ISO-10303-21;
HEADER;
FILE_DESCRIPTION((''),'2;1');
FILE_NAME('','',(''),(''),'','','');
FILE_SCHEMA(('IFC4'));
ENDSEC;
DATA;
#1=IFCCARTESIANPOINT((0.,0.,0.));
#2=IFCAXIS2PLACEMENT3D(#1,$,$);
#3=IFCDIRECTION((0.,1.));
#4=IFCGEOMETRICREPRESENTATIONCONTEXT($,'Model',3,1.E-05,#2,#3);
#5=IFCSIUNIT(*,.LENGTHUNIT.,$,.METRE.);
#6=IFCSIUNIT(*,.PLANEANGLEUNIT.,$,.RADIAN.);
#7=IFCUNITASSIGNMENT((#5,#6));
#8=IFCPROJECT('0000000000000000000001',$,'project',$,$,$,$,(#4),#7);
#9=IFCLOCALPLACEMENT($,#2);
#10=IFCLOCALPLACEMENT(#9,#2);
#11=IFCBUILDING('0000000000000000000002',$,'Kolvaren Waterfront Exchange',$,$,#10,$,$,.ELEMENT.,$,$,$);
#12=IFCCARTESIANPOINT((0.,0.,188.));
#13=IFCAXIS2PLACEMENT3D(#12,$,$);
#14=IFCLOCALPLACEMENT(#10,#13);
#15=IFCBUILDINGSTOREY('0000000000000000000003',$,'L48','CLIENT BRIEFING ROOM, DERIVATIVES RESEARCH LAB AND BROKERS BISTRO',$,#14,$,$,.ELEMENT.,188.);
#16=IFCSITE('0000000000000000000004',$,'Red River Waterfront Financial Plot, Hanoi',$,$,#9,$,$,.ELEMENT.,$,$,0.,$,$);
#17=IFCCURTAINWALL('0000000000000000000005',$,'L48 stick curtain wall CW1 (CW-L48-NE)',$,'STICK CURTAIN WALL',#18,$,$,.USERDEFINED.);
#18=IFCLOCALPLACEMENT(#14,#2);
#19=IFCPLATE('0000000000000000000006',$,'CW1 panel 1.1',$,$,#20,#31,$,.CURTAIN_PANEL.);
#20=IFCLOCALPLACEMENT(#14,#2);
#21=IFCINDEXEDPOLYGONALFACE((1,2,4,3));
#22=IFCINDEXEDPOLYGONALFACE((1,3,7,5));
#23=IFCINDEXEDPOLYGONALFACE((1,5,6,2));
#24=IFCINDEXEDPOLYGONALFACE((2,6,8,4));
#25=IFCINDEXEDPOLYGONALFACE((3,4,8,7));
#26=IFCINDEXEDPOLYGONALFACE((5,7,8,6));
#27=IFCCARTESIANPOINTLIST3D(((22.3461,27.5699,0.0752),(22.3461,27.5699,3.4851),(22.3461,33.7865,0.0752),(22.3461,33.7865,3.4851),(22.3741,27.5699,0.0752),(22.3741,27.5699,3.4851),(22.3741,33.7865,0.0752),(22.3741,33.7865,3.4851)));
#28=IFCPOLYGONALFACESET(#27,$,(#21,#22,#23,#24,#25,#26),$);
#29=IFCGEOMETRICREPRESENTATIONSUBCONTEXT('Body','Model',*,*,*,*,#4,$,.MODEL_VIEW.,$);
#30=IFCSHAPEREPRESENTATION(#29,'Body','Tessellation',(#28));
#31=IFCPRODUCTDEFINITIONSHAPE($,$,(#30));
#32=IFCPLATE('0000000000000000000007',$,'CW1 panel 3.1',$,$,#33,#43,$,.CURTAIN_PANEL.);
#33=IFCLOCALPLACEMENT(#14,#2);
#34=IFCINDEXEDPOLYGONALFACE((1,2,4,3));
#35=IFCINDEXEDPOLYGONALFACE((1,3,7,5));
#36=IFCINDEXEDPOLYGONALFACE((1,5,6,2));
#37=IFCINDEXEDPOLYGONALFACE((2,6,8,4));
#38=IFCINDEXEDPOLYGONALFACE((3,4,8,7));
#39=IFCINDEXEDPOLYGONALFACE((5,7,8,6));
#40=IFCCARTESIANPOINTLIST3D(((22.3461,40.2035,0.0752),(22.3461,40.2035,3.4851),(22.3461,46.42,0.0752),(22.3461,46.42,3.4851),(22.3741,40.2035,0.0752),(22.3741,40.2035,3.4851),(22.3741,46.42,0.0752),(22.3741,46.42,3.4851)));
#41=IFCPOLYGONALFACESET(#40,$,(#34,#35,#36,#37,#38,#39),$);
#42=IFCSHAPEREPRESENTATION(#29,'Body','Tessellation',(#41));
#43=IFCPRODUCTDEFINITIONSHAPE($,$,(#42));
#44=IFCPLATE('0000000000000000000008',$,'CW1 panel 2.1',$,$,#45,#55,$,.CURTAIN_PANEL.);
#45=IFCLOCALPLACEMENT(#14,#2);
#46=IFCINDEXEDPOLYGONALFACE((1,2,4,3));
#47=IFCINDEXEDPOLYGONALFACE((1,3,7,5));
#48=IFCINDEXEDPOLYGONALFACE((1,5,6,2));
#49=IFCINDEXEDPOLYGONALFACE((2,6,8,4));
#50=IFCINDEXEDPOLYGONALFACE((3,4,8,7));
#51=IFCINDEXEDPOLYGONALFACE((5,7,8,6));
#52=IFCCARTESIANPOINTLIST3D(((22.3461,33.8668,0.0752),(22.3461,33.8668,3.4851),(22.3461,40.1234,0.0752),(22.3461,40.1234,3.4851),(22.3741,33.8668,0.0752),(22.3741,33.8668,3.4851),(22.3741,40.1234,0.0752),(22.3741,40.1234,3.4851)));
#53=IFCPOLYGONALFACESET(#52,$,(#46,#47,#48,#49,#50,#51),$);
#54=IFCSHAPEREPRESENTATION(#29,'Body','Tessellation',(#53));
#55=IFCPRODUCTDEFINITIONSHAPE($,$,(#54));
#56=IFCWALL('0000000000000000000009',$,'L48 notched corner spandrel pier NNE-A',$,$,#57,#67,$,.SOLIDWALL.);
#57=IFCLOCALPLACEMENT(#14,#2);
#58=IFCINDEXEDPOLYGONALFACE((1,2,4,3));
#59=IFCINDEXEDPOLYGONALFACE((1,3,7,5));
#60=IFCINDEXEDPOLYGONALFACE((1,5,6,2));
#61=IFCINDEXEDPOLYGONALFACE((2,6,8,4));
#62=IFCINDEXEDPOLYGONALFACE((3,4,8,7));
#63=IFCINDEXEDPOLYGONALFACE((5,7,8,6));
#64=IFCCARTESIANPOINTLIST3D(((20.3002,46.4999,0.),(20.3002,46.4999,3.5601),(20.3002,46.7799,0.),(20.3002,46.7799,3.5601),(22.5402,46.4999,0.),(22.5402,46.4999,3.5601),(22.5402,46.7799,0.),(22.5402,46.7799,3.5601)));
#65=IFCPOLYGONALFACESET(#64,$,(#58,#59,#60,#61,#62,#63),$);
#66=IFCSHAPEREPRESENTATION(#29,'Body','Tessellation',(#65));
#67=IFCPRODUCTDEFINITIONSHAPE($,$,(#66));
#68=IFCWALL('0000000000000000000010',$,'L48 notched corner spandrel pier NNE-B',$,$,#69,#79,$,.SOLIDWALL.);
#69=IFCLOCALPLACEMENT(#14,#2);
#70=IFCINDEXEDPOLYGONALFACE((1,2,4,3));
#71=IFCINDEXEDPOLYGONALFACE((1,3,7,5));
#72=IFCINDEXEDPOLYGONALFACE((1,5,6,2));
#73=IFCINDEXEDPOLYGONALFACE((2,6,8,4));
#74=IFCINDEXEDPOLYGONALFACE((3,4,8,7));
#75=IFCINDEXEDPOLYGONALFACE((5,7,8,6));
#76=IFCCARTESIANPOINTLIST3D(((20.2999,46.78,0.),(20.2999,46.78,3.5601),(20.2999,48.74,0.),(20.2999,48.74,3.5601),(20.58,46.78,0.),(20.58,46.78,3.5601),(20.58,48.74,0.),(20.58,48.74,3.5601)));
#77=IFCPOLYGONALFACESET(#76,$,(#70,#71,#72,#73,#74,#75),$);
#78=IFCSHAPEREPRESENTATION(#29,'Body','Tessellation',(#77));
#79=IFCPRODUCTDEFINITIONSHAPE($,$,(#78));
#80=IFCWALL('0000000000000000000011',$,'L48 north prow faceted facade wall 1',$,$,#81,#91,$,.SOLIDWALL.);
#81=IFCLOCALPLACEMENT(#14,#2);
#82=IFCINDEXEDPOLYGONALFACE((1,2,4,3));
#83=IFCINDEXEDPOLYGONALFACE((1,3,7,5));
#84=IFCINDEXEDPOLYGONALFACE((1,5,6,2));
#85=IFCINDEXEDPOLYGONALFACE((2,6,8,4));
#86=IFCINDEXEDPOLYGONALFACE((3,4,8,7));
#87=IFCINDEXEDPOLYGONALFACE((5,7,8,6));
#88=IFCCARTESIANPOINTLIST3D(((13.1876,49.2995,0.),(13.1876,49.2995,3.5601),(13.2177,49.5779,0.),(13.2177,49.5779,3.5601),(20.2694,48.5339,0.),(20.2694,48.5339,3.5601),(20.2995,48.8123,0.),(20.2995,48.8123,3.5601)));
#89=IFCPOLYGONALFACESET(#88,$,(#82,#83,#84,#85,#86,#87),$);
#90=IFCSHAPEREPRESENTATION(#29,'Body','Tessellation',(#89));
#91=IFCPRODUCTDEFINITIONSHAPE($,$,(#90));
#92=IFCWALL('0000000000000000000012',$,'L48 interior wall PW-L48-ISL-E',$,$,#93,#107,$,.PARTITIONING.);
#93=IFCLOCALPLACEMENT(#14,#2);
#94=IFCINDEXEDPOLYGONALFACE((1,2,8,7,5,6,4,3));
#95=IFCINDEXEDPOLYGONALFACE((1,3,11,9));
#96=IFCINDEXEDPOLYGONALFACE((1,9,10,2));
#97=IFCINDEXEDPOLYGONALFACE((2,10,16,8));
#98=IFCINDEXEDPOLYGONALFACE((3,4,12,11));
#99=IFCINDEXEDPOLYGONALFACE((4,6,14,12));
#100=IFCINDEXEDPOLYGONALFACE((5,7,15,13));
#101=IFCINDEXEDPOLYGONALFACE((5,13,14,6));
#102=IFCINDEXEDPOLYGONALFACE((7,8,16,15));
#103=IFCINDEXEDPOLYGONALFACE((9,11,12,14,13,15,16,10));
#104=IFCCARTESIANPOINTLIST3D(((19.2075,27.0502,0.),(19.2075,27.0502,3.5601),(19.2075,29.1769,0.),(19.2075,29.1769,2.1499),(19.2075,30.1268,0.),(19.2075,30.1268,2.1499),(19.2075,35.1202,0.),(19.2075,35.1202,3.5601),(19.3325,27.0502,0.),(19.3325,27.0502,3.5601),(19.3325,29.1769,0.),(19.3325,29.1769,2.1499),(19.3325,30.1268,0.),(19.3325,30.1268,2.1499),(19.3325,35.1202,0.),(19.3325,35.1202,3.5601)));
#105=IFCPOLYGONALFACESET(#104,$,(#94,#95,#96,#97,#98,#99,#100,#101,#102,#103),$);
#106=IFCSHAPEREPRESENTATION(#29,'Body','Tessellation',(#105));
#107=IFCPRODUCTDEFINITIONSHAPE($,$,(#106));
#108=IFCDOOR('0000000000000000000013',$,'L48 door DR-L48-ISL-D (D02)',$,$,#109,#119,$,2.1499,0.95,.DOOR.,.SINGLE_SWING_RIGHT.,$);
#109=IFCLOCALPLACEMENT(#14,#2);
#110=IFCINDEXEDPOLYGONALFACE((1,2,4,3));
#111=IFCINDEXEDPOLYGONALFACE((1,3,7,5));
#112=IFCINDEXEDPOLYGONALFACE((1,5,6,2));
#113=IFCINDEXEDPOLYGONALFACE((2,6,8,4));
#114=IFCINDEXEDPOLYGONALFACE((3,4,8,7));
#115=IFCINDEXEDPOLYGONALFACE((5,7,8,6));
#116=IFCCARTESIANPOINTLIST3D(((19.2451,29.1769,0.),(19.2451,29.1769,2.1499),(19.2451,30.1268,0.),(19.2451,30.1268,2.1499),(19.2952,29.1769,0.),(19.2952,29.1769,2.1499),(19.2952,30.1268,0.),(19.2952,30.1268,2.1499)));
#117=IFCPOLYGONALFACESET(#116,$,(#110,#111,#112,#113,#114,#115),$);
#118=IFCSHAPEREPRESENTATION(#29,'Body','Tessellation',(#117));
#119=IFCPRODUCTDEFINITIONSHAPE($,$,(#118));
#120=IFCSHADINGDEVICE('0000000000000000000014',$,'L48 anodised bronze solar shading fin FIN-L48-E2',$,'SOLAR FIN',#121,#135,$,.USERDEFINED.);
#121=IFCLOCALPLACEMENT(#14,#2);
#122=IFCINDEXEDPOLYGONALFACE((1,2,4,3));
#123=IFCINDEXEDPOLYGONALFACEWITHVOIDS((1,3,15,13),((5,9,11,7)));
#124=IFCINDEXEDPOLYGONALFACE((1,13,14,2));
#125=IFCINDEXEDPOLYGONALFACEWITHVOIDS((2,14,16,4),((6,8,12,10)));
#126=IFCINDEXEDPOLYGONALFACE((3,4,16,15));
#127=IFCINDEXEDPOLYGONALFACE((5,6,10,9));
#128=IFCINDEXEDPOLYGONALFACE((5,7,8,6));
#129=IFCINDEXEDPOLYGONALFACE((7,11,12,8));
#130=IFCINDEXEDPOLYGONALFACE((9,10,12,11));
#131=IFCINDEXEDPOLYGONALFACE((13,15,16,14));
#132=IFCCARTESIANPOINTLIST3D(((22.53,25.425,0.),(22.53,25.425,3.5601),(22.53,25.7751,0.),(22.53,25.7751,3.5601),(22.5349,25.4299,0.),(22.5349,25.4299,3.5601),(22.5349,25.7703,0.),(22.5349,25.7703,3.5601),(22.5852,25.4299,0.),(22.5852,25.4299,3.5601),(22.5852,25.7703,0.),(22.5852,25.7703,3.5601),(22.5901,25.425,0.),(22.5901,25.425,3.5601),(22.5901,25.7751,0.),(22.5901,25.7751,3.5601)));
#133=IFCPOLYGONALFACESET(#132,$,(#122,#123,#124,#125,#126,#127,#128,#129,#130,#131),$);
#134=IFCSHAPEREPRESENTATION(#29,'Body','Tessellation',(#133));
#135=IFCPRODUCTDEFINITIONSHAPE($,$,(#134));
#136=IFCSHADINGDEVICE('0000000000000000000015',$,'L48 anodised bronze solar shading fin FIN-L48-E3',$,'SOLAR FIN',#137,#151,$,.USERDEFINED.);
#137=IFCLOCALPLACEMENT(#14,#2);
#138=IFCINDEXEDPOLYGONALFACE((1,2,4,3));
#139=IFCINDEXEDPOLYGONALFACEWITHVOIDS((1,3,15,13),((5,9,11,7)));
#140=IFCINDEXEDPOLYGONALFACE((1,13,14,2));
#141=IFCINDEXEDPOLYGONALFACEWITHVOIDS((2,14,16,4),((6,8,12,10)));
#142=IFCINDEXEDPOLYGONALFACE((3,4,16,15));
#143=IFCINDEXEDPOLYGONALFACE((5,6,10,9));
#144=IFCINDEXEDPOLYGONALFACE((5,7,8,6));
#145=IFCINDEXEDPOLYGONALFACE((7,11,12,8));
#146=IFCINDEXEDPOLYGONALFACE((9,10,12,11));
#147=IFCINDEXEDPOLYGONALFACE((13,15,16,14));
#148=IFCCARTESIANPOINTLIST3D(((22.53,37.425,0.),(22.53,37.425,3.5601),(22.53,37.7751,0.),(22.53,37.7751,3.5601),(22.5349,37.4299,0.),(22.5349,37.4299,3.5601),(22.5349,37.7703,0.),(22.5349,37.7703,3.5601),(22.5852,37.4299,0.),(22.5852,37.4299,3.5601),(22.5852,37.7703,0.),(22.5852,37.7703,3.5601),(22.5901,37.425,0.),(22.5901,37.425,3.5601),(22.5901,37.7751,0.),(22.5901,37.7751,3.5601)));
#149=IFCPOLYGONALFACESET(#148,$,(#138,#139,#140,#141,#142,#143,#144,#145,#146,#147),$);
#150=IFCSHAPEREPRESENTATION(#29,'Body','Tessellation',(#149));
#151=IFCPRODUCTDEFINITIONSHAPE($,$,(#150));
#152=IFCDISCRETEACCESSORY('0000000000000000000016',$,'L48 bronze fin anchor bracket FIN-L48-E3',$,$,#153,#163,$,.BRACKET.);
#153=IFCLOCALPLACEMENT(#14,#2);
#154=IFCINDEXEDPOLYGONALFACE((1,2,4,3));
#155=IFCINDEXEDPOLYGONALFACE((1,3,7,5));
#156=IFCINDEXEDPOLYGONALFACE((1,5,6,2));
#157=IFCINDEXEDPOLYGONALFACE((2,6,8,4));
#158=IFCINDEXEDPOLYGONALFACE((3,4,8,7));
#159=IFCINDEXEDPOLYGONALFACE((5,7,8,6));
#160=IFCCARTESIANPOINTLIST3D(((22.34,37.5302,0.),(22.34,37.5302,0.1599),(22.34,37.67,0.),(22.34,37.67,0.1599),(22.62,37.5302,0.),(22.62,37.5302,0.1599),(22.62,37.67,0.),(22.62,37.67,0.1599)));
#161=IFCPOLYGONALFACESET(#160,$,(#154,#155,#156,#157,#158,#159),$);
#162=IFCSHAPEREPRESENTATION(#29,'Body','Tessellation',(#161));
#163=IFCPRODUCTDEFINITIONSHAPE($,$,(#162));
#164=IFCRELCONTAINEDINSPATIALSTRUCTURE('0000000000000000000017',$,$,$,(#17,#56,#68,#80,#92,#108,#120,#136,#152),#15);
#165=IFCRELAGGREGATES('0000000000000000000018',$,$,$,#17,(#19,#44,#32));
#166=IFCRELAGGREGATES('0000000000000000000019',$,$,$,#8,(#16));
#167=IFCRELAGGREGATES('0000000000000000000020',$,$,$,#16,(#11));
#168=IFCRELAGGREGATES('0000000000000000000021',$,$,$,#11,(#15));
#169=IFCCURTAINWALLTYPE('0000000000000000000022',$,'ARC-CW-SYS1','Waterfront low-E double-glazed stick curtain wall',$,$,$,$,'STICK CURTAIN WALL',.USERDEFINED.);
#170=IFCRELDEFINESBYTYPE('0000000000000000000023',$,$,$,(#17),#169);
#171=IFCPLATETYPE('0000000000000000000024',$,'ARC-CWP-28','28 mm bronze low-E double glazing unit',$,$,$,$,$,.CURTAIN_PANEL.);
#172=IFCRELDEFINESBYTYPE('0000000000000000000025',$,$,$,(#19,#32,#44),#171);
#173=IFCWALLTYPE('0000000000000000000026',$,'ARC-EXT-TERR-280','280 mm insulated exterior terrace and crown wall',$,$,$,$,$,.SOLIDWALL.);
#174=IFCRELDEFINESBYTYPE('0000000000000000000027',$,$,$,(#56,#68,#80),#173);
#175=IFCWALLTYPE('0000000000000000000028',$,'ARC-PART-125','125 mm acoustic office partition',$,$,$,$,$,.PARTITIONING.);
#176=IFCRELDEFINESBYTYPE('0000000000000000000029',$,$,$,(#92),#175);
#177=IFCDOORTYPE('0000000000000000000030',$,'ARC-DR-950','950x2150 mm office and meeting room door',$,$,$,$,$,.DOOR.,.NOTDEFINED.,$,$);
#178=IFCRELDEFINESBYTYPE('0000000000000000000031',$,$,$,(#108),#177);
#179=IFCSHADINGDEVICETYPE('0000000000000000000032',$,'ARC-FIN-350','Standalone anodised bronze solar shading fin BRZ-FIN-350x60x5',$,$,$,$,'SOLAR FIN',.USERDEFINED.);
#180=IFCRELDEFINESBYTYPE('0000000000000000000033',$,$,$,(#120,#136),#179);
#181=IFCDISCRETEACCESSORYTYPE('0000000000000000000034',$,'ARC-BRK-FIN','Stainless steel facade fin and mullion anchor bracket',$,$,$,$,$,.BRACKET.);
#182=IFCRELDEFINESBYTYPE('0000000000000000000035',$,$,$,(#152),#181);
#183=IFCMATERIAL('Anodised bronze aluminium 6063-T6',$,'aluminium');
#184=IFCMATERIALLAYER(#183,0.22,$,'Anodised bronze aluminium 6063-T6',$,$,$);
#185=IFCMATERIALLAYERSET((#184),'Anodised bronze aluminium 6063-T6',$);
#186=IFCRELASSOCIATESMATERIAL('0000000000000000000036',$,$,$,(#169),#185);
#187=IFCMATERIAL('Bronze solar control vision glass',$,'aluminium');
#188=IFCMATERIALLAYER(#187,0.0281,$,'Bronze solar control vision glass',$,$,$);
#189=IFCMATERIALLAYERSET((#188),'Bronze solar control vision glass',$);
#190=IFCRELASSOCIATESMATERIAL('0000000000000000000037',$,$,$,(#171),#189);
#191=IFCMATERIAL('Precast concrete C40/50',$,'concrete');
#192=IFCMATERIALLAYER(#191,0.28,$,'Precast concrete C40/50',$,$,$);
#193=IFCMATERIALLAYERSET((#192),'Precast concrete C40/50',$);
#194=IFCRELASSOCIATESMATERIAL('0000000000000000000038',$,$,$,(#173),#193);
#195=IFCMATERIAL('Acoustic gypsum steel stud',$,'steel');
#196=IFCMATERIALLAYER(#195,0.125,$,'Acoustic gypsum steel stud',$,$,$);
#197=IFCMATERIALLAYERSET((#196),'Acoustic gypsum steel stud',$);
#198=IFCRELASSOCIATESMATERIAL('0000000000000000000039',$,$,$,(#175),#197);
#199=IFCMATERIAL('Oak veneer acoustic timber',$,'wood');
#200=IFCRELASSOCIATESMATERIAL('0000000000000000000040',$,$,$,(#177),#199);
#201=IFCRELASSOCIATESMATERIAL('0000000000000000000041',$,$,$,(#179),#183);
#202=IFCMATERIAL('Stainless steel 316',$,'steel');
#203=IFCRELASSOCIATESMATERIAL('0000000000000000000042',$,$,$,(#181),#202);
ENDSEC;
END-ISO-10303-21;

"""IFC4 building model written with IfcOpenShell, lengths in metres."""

from ifc_helpers import new_model, si_unit, direction, frame, frame_2d, origin, origin_with_axes, origin_2d, place, context, subcontext, project, spatial, rectangle, hollow_rectangle, extrude, source, transform, mapped, material, layer, layer_set, material_profile, profile_set, type_object, element, fill, aggregate, save


model = new_model("IFC4")

# Units and contexts
model_context = context("Model", 3, precision=1e-05, world=origin(), true_north=direction((0.0, 1.0)))
body_context = subcontext(model_context, "Body", "Model", "MODEL_VIEW")
ifc_project = project(units=[si_unit("LENGTHUNIT", "METRE"), si_unit("PLANEANGLEUNIT", "RADIAN")], contexts=[model_context])

# Site, building, storey
site_placement = place(None, origin())
site = spatial("IfcSite", under=ifc_project, at=site_placement, Name="Red River Waterfront Financial Plot, Hanoi", CompositionType="ELEMENT", RefElevation=0.0)
building_placement = place(site_placement, origin())
building = spatial("IfcBuilding", under=site, at=building_placement, Name="Kolvaren Waterfront Exchange", CompositionType="ELEMENT")
storey_placement = place(building_placement, frame((0.0, 0.0, 188.0)))
storey = spatial("IfcBuildingStorey", under=building, at=storey_placement, Name="L48", Description="CLIENT BRIEFING ROOM, DERIVATIVES RESEARCH LAB AND BROKERS BISTRO", CompositionType="ELEMENT", Elevation=188.0)

# Curtain wall, plates
ifc_material_1 = material(Name="Anodised bronze aluminium 6063-T6", Category="aluminium")
ifc_layer_1 = layer(ifc_material_1, 0.22, Name="Anodised bronze aluminium 6063-T6")
ifc_layer_set_1 = layer_set([ifc_layer_1], Name="Anodised bronze aluminium 6063-T6")
curtain_wall_type = type_object("IfcCurtainWallType", Name="ARC-CW-SYS1", Description="Waterfront low-E double-glazed stick curtain wall", ElementType="STICK CURTAIN WALL", PredefinedType="USERDEFINED", material=ifc_layer_set_1)
curtain_wall_placement = place(storey_placement, origin())
curtain_wall = element("IfcCurtainWall", 1, at=curtain_wall_placement, inside=storey, type_object=curtain_wall_type, Name="L48 stick curtain wall CW1 (CW-L48-NE)", ObjectType="STICK CURTAIN WALL", PredefinedType="USERDEFINED")
ifc_material_2 = material(Name="Bronze solar control vision glass", Category="aluminium")
ifc_layer_2 = layer(ifc_material_2, 0.0281, Name="Bronze solar control vision glass")
ifc_layer_set_2 = layer_set([ifc_layer_2], Name="Bronze solar control vision glass")
plate_type = type_object("IfcPlateType", Name="ARC-CWP-28", Description="28 mm bronze low-E double glazing unit", PredefinedType="CURTAIN_PANEL", material=ifc_layer_set_2)
shared_shape_1 = source(origin_with_axes(), body_context, "Body", "SweptSolid", [
    extrude(rectangle(XDim=6.2166, YDim=0.0281, at=origin_2d()), origin(), (0.0, 0.0, 1.0), 3.4099),
])
plate_1_placement = place(storey_placement, frame((22.3601, 30.6782, 0.0752), z_axis=(0.0, 0.0, 1.0), x_axis=(0.0, 1.0, 0.0)))
plate_1 = element("IfcPlate", 2, at=plate_1_placement, type_object=plate_type, Name="CW1 panel 1.1", PredefinedType="CURTAIN_PANEL", context=body_context, shape_type="MappedRepresentation", body=[
    mapped(shared_shape_1, transform((0.0, 0.0, 0.0), x_axis=(1.0, 0.0, 0.0), y_axis=(0.0, 1.0, 0.0), z_axis=(0.0, 0.0, 1.0), scale=1.0)),
])
plate_2_placement = place(storey_placement, frame((22.3601, 43.3118, 0.0752), z_axis=(0.0, 0.0, 1.0), x_axis=(0.0, 1.0, 0.0)))
plate_2 = element("IfcPlate", 3, at=plate_2_placement, type_object=plate_type, Name="CW1 panel 3.1", PredefinedType="CURTAIN_PANEL", context=body_context, shape_type="MappedRepresentation", body=[
    mapped(shared_shape_1, transform((0.0, 0.0, 0.0), x_axis=(1.0, 0.0, 0.0), y_axis=(0.0, 1.0, 0.0), z_axis=(0.0, 0.0, 1.0), scale=1.0)),
])
shared_shape_2 = source(origin_with_axes(), body_context, "Body", "SweptSolid", [
    extrude(rectangle(XDim=6.2566, YDim=0.0281, at=origin_2d()), origin(), (0.0, 0.0, 1.0), 3.4099),
])
plate_3_placement = place(storey_placement, frame((22.3601, 36.9951, 0.0752), z_axis=(0.0, 0.0, 1.0), x_axis=(0.0, 1.0, 0.0)))
plate_3 = element("IfcPlate", 4, at=plate_3_placement, type_object=plate_type, Name="CW1 panel 2.1", PredefinedType="CURTAIN_PANEL", context=body_context, shape_type="MappedRepresentation", body=[
    mapped(shared_shape_2, transform((0.0, 0.0, 0.0), x_axis=(1.0, 0.0, 0.0), y_axis=(0.0, 1.0, 0.0), z_axis=(0.0, 0.0, 1.0), scale=1.0)),
])
aggregate(curtain_wall, [plate_1, plate_3, plate_2])

# Walls
ifc_material_3 = material(Name="Precast concrete C40/50", Category="concrete")
ifc_layer_3 = layer(ifc_material_3, 0.28, Name="Precast concrete C40/50")
ifc_layer_set_3 = layer_set([ifc_layer_3], Name="Precast concrete C40/50")
wall_type_1 = type_object("IfcWallType", Name="ARC-EXT-TERR-280", Description="280 mm insulated exterior terrace and crown wall", PredefinedType="SOLIDWALL", material=ifc_layer_set_3)
wall_1_placement = place(storey_placement, frame((20.3, 46.6399, 0.0), z_axis=(0.0, 0.0, 1.0), x_axis=(1.0, 0.0, 0.0)))
element("IfcWall", 5, at=wall_1_placement, inside=storey, type_object=wall_type_1, Name="L48 notched corner spandrel pier NNE-A", PredefinedType="SOLIDWALL", context=body_context, shape_type="SweptSolid", body=[
    extrude(rectangle(XDim=2.24, YDim=0.28, at=frame_2d((1.1201, 0.0))), origin(), (0.0, 0.0, 1.0), 3.5601),
])
wall_2_placement = place(storey_placement, frame((20.4399, 46.78, 0.0), z_axis=(0.0, 0.0, 1.0), x_axis=(0.0, 1.0, 0.0)))
element("IfcWall", 6, at=wall_2_placement, inside=storey, type_object=wall_type_1, Name="L48 notched corner spandrel pier NNE-B", PredefinedType="SOLIDWALL", context=body_context, shape_type="SweptSolid", body=[
    extrude(rectangle(XDim=1.96, YDim=0.28, at=frame_2d((0.98, 0.0))), origin(), (0.0, 0.0, 1.0), 3.5601),
])
wall_3_placement = place(storey_placement, frame((20.2844, 48.6731, 0.0), z_axis=(0.0, 0.0, 1.0), x_axis=(-0.994207, 0.107486, 0.0)))
element("IfcWall", 7, at=wall_3_placement, inside=storey, type_object=wall_type_1, Name="L48 north prow faceted facade wall 1", PredefinedType="SOLIDWALL", context=body_context, shape_type="SweptSolid", body=[
    extrude(rectangle(XDim=7.123, YDim=0.28, at=frame_2d((3.5615, 0.0))), origin(), (0.0, 0.0, 1.0), 3.5601),
])

# Wall, opening, door
ifc_material_4 = material(Name="Acoustic gypsum steel stud", Category="steel")
ifc_layer_4 = layer(ifc_material_4, 0.125, Name="Acoustic gypsum steel stud")
ifc_layer_set_4 = layer_set([ifc_layer_4], Name="Acoustic gypsum steel stud")
wall_type_2 = type_object("IfcWallType", Name="ARC-PART-125", Description="125 mm acoustic office partition", PredefinedType="PARTITIONING", material=ifc_layer_set_4)
wall_4_placement = place(storey_placement, frame((19.27, 27.05, 0.0), z_axis=(0.0, 0.0, 1.0), x_axis=(0.0, 1.0, 0.0)))
wall_4 = element("IfcWall", 8, at=wall_4_placement, inside=storey, type_object=wall_type_2, Name="L48 interior wall PW-L48-ISL-E", PredefinedType="PARTITIONING", context=body_context, shape_type="SweptSolid", body=[
    extrude(rectangle(XDim=8.0701, YDim=0.125, at=frame_2d((4.0352, 0.0))), origin(), (0.0, 0.0, 1.0), 3.5601),
])
opening_placement = place(wall_4_placement, frame((2.1267, 0.0, 0.0)))
opening = element("IfcOpeningElement", 9, at=opening_placement, cuts=wall_4, PredefinedType="OPENING", context=body_context, shape_type="SweptSolid", body=[
    extrude(rectangle(XDim=0.95, YDim=2.1499, at=frame_2d((0.4751, 1.075))), frame((0.0, 0.0725, 0.0), z_axis=(0.0, -1.0, 0.0), x_axis=(1.0, 0.0, 0.0)), (0.0, 0.0, 1.0), 0.145),
])
ifc_material_5 = material(Name="Oak veneer acoustic timber", Category="wood")
door_type = type_object("IfcDoorType", Name="ARC-DR-950", Description="950x2150 mm office and meeting room door", OperationType="NOTDEFINED", PredefinedType="DOOR", material=ifc_material_5)
door_placement = place(opening_placement, origin())
door = element("IfcDoor", 10, at=door_placement, inside=storey, type_object=door_type, Name="L48 door DR-L48-ISL-D (D02)", OperationType="SINGLE_SWING_RIGHT", OverallHeight=2.1499, OverallWidth=0.95, PredefinedType="DOOR", context=body_context, shape_type="SweptSolid", body=[
    extrude(rectangle(XDim=0.95, YDim=2.1499, at=frame_2d((0.4751, 1.075))), frame((0.0, 0.0249, 0.0), z_axis=(0.0, -1.0, 0.0), x_axis=(1.0, 0.0, 0.0)), (0.0, 0.0, 1.0), 0.05),
])
fill(opening, door)

# Shading devices
ifc_material_profile_1 = material_profile(ifc_material_1, hollow_rectangle(XDim=0.0601, YDim=0.3501, WallThickness=0.0049, at=origin_2d()), Name="BRZ-FIN-350x60x5")
ifc_profile_set_1 = profile_set([ifc_material_profile_1], Name="Anodised bronze aluminium 6063-T6")
shading_device_type = type_object("IfcShadingDeviceType", Name="ARC-FIN-350", Description="Standalone anodised bronze solar shading fin BRZ-FIN-350x60x5", ElementType="SOLAR FIN", PredefinedType="USERDEFINED", material=ifc_profile_set_1)
for number, where, z_axis, x_axis, name in (
    (11, (22.5601, 25.6001, 0.0), (0.0, 0.0, 1.0), (1.0, 0.0, 0.0), "L48 anodised bronze solar shading fin FIN-L48-E2"),
    (12, (22.5601, 37.6001, 0.0), (0.0, 0.0, 1.0), (1.0, 0.0, 0.0), "L48 anodised bronze solar shading fin FIN-L48-E3"),
):
    element("IfcShadingDevice", number, at=place(storey_placement, frame(where, z_axis=z_axis, x_axis=x_axis)), inside=storey, type_object=shading_device_type, Name=name, ObjectType="SOLAR FIN", PredefinedType="USERDEFINED", context=body_context, shape_type="SweptSolid", body=[
        extrude(hollow_rectangle(XDim=0.0601, YDim=0.3501, WallThickness=0.0049, at=origin_2d()), origin(), (0.0, 0.0, 1.0), 3.5601),
    ])

# Discrete accessory
ifc_material_6 = material(Name="Stainless steel 316", Category="steel")
discrete_accessory_type = type_object("IfcDiscreteAccessoryType", Name="ARC-BRK-FIN", Description="Stainless steel facade fin and mullion anchor bracket", PredefinedType="BRACKET", material=ifc_material_6)
shared_shape_3 = source(origin_with_axes(), body_context, "Body", "SweptSolid", [
    extrude(rectangle(XDim=0.28, YDim=0.1399, at=origin_2d()), origin(), (0.0, 0.0, 1.0), 0.1599),
])
discrete_accessory_placement = place(storey_placement, frame((22.48, 37.6001, 0.0), z_axis=(0.0, 0.0, 1.0), x_axis=(1.0, 0.0, 0.0)))
element("IfcDiscreteAccessory", 13, at=discrete_accessory_placement, inside=storey, type_object=discrete_accessory_type, Name="L48 bronze fin anchor bracket FIN-L48-E3", PredefinedType="BRACKET", context=body_context, shape_type="MappedRepresentation", body=[
    mapped(shared_shape_3, transform((0.0, 0.0, 0.0), x_axis=(1.0, 0.0, 0.0), y_axis=(0.0, 1.0, 0.0), z_axis=(0.0, 0.0, 1.0), scale=1.0)),
])

save(model, "model.ifc")
